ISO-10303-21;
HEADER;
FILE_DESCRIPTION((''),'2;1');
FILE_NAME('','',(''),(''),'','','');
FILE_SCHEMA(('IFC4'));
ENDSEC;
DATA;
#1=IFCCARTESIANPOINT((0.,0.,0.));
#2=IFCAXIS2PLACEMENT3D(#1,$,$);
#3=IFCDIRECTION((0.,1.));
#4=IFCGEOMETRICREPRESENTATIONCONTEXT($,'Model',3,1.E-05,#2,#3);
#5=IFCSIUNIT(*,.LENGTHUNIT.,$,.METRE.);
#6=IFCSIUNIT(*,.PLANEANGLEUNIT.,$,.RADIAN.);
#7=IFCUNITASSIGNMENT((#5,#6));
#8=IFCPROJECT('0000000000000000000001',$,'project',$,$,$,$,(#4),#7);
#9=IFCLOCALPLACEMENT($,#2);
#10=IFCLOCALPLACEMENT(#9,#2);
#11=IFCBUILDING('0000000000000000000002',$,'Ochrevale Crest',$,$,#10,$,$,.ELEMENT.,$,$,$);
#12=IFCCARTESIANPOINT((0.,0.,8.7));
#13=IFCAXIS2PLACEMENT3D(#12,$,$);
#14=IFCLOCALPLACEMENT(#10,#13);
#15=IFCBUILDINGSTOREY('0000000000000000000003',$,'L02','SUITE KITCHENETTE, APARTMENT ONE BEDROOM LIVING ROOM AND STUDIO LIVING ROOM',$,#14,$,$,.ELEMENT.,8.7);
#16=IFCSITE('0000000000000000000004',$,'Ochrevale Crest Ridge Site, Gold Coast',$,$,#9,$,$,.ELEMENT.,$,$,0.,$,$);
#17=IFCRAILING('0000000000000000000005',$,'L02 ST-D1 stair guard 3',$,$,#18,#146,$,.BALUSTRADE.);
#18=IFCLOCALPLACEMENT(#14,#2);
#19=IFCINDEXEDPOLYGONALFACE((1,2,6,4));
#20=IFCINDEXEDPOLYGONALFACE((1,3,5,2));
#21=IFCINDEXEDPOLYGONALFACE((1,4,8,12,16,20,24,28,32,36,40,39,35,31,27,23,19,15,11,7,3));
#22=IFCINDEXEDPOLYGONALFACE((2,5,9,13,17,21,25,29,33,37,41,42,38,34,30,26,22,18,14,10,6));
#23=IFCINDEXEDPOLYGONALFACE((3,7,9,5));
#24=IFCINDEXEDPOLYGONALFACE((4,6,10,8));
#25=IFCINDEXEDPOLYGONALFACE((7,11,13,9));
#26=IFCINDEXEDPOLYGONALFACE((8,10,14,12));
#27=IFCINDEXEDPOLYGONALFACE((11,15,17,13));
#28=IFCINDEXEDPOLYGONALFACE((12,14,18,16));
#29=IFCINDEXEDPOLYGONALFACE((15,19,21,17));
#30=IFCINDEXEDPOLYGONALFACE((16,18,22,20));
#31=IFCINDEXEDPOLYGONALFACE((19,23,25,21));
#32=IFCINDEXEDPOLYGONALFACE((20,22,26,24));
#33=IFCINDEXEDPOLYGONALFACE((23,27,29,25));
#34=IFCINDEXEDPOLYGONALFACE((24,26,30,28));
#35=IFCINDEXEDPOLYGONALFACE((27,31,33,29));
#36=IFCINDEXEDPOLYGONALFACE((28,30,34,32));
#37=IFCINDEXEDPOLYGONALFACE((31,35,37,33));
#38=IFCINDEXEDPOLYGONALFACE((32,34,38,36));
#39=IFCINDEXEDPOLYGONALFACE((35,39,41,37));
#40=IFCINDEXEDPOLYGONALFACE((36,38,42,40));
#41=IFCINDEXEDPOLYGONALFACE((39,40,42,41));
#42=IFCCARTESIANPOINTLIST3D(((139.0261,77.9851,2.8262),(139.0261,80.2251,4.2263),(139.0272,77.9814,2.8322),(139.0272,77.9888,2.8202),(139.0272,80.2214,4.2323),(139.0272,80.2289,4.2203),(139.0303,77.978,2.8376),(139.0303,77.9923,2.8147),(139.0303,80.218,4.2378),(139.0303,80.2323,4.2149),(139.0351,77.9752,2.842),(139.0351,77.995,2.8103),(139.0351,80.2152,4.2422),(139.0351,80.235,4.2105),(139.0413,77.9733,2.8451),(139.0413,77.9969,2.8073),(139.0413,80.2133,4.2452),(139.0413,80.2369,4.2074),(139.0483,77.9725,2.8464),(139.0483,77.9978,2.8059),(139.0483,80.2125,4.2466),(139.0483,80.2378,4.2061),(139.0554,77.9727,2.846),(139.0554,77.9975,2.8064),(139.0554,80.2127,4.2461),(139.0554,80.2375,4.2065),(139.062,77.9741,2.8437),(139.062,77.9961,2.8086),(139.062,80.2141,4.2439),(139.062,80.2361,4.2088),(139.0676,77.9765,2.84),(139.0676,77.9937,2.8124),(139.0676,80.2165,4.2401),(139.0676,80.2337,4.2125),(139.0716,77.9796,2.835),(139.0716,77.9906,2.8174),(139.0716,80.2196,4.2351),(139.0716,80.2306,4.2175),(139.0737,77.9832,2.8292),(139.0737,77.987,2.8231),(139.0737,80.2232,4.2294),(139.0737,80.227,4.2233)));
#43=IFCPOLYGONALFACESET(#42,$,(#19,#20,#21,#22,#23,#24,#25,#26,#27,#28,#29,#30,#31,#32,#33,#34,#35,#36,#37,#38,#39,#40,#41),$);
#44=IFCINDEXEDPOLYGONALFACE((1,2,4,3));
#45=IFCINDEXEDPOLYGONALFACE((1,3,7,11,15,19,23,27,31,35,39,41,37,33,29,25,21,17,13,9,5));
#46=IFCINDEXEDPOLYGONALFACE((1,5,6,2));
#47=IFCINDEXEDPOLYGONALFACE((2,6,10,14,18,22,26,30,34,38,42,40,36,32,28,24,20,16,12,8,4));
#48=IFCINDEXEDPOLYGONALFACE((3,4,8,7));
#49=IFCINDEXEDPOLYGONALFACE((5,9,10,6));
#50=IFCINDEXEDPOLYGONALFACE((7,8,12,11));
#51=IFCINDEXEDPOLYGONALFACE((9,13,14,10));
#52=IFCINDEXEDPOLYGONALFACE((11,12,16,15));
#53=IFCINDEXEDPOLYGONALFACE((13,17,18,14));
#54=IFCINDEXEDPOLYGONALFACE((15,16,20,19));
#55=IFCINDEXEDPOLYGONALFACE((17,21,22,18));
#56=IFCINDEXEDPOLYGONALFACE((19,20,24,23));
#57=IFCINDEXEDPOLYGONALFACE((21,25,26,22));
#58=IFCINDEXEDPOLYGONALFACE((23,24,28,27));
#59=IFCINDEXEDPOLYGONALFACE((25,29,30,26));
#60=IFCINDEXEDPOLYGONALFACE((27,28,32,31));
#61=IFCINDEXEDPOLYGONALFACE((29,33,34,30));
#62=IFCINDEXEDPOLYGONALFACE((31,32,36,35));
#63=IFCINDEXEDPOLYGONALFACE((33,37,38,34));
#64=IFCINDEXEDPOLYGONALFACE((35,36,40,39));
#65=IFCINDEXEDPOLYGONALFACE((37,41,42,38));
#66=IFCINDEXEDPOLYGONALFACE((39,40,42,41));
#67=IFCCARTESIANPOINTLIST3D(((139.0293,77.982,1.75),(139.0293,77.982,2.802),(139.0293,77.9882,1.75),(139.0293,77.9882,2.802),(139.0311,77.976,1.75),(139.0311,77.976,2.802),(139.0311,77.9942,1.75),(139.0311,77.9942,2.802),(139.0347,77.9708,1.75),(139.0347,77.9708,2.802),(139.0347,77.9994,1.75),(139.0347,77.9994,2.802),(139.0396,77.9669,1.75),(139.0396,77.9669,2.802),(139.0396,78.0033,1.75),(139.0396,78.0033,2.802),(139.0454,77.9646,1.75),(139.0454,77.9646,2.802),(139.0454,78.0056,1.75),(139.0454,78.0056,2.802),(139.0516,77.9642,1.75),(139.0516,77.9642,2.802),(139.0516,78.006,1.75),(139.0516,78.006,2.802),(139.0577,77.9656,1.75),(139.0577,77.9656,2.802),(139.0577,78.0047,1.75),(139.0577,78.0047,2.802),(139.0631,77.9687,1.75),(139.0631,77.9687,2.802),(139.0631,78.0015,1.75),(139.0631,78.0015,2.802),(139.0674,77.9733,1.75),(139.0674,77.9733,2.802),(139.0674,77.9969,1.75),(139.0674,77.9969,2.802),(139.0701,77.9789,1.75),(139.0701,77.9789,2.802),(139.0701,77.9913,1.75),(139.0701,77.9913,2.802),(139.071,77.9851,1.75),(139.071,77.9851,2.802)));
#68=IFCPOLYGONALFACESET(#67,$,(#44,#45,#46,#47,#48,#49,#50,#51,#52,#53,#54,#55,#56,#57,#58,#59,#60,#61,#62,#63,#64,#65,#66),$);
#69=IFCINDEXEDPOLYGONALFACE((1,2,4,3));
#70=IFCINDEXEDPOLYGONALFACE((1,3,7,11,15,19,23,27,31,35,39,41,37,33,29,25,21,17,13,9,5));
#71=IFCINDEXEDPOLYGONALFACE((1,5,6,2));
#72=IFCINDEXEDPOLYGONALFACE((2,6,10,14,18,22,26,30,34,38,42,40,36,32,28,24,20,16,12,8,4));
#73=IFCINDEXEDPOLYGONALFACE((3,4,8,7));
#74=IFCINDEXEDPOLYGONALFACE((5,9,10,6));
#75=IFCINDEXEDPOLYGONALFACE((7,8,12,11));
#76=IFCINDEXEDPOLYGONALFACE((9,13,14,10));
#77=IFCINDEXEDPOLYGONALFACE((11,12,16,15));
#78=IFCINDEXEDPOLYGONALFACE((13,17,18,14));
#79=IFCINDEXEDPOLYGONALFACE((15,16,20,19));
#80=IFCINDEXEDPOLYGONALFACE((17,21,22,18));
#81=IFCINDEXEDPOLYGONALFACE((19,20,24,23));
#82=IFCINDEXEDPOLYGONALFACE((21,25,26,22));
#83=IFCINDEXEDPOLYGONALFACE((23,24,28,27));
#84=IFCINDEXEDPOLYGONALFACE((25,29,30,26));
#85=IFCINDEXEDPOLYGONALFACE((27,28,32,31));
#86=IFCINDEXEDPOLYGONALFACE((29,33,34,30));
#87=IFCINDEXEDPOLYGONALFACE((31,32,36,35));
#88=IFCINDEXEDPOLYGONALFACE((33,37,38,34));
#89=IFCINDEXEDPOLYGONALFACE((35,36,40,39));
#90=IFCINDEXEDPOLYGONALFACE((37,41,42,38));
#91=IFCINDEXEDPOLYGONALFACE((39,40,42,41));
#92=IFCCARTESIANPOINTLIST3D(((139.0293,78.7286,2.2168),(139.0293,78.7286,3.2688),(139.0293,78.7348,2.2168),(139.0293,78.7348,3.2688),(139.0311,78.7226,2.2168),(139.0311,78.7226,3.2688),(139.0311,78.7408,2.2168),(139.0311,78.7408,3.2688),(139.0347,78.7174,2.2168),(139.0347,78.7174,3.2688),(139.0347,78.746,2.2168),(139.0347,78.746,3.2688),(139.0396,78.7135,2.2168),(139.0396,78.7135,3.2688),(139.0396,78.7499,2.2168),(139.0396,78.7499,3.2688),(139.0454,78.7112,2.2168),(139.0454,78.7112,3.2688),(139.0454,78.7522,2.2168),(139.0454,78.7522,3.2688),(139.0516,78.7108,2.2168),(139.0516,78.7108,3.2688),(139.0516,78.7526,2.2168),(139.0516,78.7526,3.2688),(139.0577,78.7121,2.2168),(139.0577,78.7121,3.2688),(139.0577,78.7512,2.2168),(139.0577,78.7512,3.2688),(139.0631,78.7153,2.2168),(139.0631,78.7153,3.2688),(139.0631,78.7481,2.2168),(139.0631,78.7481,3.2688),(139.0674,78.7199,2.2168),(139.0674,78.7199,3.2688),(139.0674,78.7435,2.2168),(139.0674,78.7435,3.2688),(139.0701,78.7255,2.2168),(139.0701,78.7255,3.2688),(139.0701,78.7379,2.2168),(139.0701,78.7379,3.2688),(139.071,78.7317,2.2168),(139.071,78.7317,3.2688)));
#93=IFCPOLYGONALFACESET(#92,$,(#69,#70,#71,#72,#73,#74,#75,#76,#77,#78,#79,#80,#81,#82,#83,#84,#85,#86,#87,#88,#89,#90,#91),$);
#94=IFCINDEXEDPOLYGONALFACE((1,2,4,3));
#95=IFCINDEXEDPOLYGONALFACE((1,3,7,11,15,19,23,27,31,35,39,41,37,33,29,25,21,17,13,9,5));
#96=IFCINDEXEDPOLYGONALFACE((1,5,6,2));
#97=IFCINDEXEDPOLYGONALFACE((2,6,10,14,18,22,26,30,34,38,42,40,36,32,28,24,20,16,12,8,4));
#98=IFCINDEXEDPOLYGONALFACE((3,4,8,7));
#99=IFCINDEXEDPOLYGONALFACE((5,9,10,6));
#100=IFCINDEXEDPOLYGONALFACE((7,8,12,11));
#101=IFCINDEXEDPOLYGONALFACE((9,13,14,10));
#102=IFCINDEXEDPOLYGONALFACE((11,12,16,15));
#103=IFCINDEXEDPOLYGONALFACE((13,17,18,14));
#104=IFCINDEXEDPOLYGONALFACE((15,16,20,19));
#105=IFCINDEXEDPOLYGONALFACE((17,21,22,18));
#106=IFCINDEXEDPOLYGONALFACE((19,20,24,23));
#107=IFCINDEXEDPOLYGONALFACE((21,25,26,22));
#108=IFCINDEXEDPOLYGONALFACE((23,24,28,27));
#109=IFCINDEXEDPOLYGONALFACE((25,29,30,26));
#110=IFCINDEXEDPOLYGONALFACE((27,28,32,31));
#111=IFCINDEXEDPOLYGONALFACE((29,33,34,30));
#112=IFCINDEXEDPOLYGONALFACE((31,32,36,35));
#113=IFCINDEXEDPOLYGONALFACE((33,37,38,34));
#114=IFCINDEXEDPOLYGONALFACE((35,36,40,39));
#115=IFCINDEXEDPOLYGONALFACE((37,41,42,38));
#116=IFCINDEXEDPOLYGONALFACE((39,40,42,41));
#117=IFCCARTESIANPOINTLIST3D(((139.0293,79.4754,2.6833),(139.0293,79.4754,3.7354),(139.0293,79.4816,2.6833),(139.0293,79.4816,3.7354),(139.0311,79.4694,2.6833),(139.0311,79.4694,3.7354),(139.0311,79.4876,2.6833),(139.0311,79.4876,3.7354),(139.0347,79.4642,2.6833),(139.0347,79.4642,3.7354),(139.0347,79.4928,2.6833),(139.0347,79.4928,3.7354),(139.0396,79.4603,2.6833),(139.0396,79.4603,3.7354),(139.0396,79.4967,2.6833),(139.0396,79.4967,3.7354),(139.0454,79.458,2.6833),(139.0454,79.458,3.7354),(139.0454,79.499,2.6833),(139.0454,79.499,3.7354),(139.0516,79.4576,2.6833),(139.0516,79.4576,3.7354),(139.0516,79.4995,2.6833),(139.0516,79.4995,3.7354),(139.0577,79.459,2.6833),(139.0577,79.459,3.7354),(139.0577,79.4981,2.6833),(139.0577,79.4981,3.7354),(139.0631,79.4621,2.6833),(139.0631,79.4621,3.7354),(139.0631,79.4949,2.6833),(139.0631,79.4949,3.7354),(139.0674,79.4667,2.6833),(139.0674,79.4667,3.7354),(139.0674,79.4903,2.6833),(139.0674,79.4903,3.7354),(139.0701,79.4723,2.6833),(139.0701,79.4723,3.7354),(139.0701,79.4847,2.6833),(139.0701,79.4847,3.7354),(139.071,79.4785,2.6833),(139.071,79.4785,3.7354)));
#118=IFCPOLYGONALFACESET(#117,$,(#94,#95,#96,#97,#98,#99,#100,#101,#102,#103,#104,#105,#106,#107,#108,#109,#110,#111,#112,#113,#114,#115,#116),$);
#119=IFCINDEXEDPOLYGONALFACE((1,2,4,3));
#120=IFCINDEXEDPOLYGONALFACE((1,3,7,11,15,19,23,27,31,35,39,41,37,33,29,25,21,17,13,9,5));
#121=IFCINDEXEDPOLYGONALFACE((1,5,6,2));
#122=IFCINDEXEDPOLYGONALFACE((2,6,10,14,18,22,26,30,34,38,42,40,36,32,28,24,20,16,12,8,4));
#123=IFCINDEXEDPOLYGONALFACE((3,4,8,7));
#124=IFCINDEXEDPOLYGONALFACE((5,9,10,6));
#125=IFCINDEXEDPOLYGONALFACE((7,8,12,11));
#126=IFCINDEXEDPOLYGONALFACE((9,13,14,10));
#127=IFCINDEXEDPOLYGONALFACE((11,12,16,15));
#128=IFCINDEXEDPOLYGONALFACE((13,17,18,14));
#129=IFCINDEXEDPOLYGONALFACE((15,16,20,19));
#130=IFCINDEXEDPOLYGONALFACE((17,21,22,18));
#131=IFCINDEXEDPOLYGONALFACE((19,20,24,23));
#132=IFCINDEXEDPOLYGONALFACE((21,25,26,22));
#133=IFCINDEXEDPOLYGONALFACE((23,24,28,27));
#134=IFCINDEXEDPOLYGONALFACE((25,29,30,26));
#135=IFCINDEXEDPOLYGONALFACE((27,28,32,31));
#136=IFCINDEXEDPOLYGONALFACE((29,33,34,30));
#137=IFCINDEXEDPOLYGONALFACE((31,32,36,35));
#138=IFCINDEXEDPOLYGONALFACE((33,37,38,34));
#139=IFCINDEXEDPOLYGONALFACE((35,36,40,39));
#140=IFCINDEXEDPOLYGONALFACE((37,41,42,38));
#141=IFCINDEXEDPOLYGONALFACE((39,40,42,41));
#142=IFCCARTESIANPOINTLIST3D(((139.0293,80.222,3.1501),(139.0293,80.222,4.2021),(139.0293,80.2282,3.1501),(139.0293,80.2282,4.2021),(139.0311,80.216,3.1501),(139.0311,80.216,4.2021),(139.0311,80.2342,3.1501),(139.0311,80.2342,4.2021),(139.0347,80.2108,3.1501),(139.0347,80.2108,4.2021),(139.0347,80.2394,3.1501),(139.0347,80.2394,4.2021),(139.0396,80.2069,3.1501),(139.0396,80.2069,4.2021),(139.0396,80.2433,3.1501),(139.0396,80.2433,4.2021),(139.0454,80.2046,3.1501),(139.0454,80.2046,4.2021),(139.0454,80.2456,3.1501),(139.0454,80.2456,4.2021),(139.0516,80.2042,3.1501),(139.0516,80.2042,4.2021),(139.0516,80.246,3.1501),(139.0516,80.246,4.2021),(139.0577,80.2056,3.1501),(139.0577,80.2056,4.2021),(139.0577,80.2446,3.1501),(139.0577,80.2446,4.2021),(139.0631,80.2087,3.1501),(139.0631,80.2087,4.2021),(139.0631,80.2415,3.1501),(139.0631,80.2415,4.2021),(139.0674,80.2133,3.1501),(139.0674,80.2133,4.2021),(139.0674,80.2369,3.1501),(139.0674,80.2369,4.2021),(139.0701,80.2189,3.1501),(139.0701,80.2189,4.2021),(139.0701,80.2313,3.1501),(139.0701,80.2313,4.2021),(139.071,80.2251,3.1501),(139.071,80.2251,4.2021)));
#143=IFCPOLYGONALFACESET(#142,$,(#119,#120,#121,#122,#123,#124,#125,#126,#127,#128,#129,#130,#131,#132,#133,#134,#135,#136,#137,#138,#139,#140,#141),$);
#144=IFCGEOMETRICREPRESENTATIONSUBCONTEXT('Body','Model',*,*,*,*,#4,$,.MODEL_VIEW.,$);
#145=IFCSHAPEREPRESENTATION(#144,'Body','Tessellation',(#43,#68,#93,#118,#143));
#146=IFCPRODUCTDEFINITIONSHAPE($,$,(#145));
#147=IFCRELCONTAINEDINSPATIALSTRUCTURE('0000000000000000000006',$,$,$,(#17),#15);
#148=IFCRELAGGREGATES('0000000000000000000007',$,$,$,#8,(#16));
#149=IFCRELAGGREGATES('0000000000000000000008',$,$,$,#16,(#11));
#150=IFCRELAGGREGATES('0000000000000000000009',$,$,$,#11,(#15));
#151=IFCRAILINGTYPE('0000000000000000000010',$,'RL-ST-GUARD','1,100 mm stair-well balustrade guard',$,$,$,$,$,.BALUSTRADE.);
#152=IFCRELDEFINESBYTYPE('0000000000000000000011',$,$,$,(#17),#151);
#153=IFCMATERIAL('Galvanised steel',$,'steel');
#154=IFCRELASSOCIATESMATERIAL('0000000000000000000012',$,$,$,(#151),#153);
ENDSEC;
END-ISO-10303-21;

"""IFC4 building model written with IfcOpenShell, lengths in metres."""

from ifc_helpers import new_model, si_unit, direction, frame, origin, origin_2d, place, context, subcontext, project, spatial, circle, extrude, material, type_object, element, save


model = new_model("IFC4")

# Units and contexts
model_context = context("Model", 3, precision=1e-05, world=origin(), true_north=direction((0.0, 1.0)))
body_context = subcontext(model_context, "Body", "Model", "MODEL_VIEW")
ifc_project = project(units=[si_unit("LENGTHUNIT", "METRE"), si_unit("PLANEANGLEUNIT", "RADIAN")], contexts=[model_context])

# Site, building, storey
site_placement = place(None, origin())
site = spatial("IfcSite", under=ifc_project, at=site_placement, Name="Ochrevale Crest Ridge Site, Gold Coast", CompositionType="ELEMENT", RefElevation=0.0)
building_placement = place(site_placement, origin())
building = spatial("IfcBuilding", under=site, at=building_placement, Name="Ochrevale Crest", CompositionType="ELEMENT")
storey_placement = place(building_placement, frame((0.0, 0.0, 8.7)))
storey = spatial("IfcBuildingStorey", under=building, at=storey_placement, Name="L02", Description="SUITE KITCHENETTE, APARTMENT ONE BEDROOM LIVING ROOM AND STUDIO LIVING ROOM", CompositionType="ELEMENT", Elevation=8.7)

# Railing
ifc_material_1 = material(Name="Galvanised steel", Category="steel")
railing_type_1 = type_object("IfcRailingType", Name="RL-ST-GUARD", Description="1,100 mm stair-well balustrade guard", PredefinedType="BALUSTRADE", material=ifc_material_1)
railing_1_placement = place(storey_placement, frame((139.05, 77.9851, 1.75)))
element("IfcRailing", 1, at=railing_1_placement, inside=storey, type_object=railing_type_1, Name="L02 ST-D1 stair guard 3", PredefinedType="BALUSTRADE", context=body_context, shape_type="SweptSolid", body=[
    extrude(circle(Radius=0.0239, at=origin_2d()), frame((0.0, 0.0, 1.0762), z_axis=(0.0, 0.847972, 0.53004), x_axis=(-1.0, 0.0, 0.0)), (0.0, 0.0, 1.0), 2.6416),
    extrude(circle(Radius=0.021, at=origin_2d()), origin(), (0.0, 0.0, 1.0), 1.052),
    extrude(circle(Radius=0.021, at=origin_2d()), frame((0.0, 0.7466, 0.4668)), (0.0, 0.0, 1.0), 1.052),
    extrude(circle(Radius=0.021, at=origin_2d()), frame((0.0, 1.4934, 0.9333)), (0.0, 0.0, 1.0), 1.052),
    extrude(circle(Radius=0.021, at=origin_2d()), frame((0.0, 2.24, 1.4001)), (0.0, 0.0, 1.0), 1.052),
])

save(model, "model.ifc")
